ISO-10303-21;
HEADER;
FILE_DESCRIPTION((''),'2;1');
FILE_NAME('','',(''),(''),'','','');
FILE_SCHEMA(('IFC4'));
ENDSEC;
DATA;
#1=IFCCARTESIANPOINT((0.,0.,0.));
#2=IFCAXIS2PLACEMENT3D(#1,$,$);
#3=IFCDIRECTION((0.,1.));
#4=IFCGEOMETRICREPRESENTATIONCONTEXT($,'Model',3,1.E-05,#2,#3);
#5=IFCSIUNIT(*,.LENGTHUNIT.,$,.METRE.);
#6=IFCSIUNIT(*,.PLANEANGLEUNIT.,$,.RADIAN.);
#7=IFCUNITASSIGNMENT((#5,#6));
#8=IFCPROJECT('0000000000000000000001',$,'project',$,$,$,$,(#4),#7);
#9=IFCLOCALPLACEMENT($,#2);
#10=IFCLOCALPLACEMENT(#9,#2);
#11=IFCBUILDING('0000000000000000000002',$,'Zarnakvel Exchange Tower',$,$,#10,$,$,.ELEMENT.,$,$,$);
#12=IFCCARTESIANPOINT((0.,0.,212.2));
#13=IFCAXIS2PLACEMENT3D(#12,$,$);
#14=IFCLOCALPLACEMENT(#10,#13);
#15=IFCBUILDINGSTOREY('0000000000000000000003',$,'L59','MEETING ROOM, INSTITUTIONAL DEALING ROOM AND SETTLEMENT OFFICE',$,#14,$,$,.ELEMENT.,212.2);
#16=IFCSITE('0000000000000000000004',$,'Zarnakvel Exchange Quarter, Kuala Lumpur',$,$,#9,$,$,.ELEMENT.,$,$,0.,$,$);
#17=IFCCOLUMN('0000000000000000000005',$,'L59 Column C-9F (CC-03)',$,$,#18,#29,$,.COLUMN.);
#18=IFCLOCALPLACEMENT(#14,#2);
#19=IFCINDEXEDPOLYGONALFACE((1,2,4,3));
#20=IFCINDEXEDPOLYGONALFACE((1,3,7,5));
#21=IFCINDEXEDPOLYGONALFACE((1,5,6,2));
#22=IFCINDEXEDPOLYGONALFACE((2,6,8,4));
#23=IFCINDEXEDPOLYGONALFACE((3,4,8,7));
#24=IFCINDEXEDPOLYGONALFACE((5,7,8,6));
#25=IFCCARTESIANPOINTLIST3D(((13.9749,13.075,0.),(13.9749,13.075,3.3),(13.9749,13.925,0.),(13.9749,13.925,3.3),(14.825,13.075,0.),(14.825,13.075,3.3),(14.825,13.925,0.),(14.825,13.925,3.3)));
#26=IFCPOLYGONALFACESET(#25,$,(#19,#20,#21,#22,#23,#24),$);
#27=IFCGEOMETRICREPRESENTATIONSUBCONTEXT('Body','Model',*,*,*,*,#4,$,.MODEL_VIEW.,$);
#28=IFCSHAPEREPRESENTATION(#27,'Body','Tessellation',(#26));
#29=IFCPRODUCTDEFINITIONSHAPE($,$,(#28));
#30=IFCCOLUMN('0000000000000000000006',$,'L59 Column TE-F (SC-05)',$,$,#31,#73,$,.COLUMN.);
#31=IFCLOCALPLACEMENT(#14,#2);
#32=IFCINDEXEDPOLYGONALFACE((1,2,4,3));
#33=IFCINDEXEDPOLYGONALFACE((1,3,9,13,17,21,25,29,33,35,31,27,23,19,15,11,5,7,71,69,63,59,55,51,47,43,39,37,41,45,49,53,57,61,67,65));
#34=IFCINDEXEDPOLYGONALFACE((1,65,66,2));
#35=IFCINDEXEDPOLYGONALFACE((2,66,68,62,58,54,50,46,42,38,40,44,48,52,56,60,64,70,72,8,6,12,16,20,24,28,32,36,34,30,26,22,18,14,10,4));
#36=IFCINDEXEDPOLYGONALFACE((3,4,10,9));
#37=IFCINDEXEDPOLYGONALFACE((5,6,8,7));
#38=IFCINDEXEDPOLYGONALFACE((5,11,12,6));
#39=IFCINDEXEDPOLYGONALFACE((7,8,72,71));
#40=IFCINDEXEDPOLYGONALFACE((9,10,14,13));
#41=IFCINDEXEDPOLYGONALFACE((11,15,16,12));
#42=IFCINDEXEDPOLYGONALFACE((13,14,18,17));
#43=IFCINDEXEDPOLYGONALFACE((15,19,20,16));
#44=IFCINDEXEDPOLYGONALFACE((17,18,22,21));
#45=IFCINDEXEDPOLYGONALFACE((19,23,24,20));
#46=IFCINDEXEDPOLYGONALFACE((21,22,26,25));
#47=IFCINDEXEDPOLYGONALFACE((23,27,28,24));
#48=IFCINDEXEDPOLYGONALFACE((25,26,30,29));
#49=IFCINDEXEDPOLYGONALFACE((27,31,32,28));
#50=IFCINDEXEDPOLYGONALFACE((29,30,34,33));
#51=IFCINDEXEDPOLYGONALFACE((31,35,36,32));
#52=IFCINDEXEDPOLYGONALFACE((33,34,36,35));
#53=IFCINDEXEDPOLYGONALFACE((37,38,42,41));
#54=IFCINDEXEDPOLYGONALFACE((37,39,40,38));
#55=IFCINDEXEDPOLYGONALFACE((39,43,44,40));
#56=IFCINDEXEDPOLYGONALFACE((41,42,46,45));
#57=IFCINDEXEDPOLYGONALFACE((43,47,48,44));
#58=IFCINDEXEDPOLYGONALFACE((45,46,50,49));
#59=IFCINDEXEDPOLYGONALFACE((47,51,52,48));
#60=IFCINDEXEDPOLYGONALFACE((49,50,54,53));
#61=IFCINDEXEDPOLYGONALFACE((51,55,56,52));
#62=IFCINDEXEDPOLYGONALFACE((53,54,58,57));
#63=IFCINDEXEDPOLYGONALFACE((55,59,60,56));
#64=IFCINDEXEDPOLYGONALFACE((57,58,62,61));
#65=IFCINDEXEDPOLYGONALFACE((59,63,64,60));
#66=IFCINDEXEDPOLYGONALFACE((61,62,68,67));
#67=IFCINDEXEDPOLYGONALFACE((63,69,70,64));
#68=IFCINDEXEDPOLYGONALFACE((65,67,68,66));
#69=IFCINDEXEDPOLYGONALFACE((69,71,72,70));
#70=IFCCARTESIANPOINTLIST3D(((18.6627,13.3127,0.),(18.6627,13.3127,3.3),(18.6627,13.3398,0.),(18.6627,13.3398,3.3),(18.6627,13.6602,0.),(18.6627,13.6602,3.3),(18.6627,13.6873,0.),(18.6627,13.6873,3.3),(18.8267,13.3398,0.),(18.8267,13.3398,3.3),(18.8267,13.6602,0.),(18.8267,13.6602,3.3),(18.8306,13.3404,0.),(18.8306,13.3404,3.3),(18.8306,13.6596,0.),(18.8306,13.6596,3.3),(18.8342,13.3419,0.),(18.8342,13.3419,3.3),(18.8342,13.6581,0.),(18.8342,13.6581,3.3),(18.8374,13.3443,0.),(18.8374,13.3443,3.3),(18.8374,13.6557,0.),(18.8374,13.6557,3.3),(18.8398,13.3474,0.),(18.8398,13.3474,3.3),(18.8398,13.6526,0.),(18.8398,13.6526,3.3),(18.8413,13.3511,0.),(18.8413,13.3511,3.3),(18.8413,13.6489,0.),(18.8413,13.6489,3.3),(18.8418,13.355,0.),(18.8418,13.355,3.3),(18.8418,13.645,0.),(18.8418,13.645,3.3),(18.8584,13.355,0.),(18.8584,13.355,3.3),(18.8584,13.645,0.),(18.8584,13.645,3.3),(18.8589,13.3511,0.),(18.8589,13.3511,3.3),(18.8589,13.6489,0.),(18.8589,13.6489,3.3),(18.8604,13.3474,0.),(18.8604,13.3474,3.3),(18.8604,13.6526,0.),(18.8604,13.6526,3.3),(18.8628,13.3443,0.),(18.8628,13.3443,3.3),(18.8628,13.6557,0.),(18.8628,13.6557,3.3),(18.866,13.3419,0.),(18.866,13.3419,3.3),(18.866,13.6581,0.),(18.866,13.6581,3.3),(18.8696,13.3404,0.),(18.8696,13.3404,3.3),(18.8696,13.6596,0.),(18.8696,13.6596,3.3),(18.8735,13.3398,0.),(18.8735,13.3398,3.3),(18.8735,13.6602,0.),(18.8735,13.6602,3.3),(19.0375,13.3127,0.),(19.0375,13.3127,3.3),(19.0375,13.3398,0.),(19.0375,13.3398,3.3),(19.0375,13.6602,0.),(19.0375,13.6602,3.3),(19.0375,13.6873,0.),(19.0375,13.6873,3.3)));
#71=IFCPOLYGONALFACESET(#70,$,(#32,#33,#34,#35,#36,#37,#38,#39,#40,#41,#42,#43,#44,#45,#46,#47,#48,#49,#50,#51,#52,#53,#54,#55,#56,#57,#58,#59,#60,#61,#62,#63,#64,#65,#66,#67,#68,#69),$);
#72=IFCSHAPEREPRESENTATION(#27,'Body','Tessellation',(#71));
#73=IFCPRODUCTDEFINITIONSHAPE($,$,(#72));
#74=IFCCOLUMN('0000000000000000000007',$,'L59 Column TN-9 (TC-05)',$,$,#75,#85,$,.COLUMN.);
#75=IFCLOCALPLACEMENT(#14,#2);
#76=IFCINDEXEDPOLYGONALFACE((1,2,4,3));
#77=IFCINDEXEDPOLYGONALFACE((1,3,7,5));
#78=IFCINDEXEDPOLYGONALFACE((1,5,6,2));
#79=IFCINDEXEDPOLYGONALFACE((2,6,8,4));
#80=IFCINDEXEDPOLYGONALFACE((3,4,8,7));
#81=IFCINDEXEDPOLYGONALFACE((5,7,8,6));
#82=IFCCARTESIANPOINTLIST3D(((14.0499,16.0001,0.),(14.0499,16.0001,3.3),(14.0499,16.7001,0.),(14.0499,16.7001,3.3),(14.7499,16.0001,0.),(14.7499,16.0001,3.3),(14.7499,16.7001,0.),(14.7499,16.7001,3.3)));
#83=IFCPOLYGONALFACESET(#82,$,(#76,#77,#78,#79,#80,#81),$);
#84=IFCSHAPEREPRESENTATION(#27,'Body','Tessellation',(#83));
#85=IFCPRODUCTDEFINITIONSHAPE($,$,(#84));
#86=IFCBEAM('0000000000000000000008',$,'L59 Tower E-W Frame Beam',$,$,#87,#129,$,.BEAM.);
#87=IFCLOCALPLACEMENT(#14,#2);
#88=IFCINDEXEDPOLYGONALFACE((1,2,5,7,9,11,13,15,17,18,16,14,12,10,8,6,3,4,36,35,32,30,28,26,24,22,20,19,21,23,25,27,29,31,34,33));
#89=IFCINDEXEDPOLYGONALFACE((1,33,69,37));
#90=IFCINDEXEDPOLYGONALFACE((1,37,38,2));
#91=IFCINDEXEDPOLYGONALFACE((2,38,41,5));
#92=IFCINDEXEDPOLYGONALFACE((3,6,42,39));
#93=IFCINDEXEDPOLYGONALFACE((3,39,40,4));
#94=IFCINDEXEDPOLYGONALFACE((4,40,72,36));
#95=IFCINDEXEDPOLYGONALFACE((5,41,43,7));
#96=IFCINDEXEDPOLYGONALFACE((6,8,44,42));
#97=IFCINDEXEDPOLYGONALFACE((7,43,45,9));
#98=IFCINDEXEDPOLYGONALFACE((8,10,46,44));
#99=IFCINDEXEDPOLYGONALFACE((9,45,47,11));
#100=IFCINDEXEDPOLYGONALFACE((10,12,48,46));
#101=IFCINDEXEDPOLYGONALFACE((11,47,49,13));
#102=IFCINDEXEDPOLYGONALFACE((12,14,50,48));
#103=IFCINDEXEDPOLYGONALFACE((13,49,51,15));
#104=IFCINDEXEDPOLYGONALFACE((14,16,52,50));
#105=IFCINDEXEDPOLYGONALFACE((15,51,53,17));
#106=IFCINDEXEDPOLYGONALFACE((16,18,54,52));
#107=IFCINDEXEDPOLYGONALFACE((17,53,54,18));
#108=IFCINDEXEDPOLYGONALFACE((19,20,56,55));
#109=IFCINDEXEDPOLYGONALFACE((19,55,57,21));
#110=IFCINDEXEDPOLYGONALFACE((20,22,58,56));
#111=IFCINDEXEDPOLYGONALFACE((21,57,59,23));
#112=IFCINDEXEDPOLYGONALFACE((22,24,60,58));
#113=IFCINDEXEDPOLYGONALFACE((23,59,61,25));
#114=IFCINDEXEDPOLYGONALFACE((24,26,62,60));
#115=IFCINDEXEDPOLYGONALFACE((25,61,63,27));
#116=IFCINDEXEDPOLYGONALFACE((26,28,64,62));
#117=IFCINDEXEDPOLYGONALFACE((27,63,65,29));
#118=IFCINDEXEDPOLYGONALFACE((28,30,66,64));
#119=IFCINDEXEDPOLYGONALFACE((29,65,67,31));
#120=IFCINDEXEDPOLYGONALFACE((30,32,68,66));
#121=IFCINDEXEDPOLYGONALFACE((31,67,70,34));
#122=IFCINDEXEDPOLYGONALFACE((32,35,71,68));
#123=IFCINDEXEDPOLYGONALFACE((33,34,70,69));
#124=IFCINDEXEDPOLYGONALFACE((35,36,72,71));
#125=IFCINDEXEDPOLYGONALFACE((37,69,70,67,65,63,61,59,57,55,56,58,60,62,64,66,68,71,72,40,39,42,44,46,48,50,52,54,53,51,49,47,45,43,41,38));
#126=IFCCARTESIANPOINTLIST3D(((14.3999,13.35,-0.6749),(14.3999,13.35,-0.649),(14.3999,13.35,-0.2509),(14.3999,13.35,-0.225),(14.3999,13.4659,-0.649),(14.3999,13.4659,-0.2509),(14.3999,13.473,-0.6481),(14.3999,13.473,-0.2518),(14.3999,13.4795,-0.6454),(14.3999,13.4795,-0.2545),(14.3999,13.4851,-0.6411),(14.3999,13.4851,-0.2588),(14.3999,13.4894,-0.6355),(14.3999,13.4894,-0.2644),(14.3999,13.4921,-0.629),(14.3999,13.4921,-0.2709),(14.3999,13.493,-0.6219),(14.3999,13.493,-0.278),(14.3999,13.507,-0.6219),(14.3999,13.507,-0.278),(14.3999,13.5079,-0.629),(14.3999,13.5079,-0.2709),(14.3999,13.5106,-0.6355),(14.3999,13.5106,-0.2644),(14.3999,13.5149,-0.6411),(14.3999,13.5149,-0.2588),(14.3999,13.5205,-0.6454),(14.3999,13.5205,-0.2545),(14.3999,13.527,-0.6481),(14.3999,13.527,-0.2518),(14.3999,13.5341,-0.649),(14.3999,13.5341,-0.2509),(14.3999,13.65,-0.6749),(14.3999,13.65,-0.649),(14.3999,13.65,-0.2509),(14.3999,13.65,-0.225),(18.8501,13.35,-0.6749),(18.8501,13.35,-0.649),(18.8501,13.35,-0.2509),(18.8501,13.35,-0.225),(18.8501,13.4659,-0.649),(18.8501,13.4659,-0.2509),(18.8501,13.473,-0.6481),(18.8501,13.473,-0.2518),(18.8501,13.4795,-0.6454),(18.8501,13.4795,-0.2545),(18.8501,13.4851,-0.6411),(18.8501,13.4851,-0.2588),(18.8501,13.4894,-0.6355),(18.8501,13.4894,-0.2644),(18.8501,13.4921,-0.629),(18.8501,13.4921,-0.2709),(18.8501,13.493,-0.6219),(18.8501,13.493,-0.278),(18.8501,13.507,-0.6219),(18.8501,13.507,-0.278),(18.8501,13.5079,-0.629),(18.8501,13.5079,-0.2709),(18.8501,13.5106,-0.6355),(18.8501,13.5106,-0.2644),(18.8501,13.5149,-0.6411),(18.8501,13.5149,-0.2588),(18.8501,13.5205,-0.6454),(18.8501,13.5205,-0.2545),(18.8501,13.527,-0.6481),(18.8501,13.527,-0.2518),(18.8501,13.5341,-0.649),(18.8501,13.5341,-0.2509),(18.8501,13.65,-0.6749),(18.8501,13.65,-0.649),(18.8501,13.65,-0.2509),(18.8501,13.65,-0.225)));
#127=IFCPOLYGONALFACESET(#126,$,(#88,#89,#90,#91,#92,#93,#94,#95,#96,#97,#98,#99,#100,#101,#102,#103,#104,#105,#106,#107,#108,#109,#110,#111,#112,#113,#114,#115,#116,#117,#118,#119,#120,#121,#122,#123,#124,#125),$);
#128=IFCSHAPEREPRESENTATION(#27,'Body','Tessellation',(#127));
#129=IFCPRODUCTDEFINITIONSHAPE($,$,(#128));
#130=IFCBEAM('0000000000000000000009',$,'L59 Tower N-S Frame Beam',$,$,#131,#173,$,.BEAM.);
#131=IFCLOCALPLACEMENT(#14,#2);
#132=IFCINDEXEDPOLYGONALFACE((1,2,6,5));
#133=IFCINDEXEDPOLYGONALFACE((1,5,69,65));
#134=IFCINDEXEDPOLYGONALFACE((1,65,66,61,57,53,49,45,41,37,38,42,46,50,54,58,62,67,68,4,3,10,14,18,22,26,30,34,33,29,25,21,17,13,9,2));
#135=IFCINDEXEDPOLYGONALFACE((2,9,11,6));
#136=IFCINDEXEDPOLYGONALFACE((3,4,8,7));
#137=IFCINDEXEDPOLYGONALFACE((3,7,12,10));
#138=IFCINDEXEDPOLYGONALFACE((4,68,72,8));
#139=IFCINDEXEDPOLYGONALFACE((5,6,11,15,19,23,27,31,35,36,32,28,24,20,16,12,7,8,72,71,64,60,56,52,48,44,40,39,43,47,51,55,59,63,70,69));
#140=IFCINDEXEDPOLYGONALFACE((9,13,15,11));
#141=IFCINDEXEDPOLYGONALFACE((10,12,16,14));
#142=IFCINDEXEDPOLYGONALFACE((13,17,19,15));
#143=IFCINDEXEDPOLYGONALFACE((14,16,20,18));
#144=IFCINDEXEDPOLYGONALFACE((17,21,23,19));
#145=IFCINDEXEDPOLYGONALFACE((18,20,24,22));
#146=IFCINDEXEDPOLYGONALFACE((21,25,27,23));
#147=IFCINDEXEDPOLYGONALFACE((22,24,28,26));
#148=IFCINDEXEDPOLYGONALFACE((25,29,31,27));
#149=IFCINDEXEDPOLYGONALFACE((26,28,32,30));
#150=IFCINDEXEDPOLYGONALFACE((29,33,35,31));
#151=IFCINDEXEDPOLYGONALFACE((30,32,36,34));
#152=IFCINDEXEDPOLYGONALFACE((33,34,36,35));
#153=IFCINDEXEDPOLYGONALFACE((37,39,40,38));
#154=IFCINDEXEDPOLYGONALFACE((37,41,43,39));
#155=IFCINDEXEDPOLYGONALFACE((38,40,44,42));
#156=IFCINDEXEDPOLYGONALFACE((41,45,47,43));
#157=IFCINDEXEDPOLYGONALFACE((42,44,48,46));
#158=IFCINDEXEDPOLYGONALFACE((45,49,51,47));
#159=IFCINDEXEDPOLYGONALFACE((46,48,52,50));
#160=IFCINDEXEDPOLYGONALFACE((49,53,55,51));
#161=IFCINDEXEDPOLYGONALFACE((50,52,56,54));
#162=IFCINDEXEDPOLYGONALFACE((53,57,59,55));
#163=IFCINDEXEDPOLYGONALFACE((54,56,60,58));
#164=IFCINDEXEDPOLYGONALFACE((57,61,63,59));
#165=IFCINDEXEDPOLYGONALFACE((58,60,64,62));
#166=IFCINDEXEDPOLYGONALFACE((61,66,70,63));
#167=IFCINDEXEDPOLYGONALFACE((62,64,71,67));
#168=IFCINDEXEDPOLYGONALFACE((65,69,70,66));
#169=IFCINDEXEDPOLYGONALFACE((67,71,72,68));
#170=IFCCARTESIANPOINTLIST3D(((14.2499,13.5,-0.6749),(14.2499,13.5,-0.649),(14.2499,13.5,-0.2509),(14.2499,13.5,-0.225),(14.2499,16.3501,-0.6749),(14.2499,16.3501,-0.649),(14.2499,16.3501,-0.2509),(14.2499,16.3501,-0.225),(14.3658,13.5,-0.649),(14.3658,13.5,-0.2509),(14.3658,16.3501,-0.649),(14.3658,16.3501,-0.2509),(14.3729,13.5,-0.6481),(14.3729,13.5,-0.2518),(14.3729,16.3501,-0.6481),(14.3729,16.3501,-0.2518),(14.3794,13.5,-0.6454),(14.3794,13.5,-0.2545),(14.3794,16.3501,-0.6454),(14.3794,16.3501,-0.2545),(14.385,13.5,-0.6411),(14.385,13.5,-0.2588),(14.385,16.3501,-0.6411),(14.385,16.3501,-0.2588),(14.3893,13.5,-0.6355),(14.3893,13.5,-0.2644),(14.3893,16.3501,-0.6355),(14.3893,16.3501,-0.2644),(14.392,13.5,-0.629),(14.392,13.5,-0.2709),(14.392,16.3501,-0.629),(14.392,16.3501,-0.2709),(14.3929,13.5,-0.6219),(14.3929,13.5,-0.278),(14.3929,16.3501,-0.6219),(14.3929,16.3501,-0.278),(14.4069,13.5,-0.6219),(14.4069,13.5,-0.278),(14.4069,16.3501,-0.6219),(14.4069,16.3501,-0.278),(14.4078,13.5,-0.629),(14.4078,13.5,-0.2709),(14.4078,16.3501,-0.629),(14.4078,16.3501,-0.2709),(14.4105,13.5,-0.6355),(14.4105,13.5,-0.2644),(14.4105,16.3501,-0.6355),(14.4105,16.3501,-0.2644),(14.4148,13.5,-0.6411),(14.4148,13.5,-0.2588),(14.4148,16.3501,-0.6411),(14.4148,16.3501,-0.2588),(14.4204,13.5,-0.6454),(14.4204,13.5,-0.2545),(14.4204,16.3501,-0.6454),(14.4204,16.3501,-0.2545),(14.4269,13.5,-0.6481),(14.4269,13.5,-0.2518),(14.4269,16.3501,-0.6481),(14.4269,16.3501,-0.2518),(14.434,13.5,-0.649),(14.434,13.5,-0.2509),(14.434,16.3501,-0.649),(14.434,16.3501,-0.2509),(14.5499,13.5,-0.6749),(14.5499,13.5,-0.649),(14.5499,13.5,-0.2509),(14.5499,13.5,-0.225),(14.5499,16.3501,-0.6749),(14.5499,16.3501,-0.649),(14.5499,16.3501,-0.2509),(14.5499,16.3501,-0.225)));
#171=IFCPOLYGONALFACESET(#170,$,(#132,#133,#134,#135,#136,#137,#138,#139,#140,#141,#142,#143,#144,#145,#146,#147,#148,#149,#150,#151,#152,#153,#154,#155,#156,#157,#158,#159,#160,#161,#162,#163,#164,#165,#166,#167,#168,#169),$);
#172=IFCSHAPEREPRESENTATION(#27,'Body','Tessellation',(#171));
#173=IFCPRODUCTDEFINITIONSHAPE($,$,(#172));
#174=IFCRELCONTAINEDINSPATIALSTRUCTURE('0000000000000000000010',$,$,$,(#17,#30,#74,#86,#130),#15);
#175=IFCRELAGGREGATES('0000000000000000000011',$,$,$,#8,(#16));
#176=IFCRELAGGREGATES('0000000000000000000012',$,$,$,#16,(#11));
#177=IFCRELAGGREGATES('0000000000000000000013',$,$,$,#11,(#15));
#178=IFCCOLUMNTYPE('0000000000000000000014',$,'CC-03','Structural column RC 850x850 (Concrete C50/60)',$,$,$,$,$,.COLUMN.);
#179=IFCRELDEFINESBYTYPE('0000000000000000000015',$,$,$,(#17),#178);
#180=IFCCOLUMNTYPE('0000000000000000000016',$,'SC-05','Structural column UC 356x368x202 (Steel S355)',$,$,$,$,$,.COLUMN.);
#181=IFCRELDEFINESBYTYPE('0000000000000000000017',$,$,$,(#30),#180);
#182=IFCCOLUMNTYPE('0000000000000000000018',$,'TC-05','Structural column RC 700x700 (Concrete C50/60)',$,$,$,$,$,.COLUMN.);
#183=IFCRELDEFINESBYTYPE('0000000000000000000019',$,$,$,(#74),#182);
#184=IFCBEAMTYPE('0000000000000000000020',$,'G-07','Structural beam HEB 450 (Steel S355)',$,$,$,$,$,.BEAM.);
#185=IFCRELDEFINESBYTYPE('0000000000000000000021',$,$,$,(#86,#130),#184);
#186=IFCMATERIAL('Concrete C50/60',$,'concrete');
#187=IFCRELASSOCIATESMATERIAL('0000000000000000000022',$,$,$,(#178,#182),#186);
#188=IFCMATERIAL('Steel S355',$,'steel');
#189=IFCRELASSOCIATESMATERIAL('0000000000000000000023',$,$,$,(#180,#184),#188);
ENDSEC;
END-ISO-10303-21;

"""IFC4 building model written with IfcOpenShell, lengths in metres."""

from ifc_helpers import new_model, si_unit, direction, frame, origin, origin_2d, place, context, subcontext, project, spatial, rectangle, i_section, extrude, material, material_profile, profile_set, type_object, element, save


model = new_model("IFC4")

# Units and contexts
model_context = context("Model", 3, precision=1e-05, world=origin(), true_north=direction((0.0, 1.0)))
body_context = subcontext(model_context, "Body", "Model", "MODEL_VIEW")
ifc_project = project(units=[si_unit("LENGTHUNIT", "METRE"), si_unit("PLANEANGLEUNIT", "RADIAN")], contexts=[model_context])

# Site, building, storey
site_placement = place(None, origin())
site = spatial("IfcSite", under=ifc_project, at=site_placement, Name="Zarnakvel Exchange Quarter, Kuala Lumpur", CompositionType="ELEMENT", RefElevation=0.0)
building_placement = place(site_placement, origin())
building = spatial("IfcBuilding", under=site, at=building_placement, Name="Zarnakvel Exchange Tower", CompositionType="ELEMENT")
storey_placement = place(building_placement, frame((0.0, 0.0, 212.2)))
storey = spatial("IfcBuildingStorey", under=building, at=storey_placement, Name="L59", Description="MEETING ROOM, INSTITUTIONAL DEALING ROOM AND SETTLEMENT OFFICE", CompositionType="ELEMENT", Elevation=212.2)

# Columns
ifc_material_1 = material(Name="Concrete C50/60", Category="concrete")
ifc_material_profile_1 = material_profile(ifc_material_1, rectangle(XDim=0.8501, YDim=0.8501, at=origin_2d()))
ifc_profile_set_1 = profile_set([ifc_material_profile_1], Name="Concrete C50/60")
column_type_1 = type_object("IfcColumnType", Name="CC-03", Description="Structural column RC 850x850 (Concrete C50/60)", PredefinedType="COLUMN", material=ifc_profile_set_1)
column_1_placement = place(storey_placement, frame((14.3999, 13.5, 0.0), z_axis=(0.0, 0.0, 1.0), x_axis=(1.0, 0.0, 0.0)))
element("IfcColumn", 1, at=column_1_placement, inside=storey, type_object=column_type_1, Name="L59 Column C-9F (CC-03)", PredefinedType="COLUMN", context=body_context, shape_type="SweptSolid", body=[
    extrude(rectangle(XDim=0.8501, YDim=0.8501, at=origin_2d()), origin(), (0.0, 0.0, 1.0), 3.3),
])
ifc_material_2 = material(Name="Steel S355", Category="steel")
ifc_material_profile_2 = material_profile(ifc_material_2, i_section(OverallWidth=0.3748, OverallDepth=0.3745, WebThickness=0.0166, FlangeThickness=0.0271, FilletRadius=0.0151, at=origin_2d()))
ifc_profile_set_2 = profile_set([ifc_material_profile_2], Name="Steel S355")
column_type_2 = type_object("IfcColumnType", Name="SC-05", Description="Structural column UC 356x368x202 (Steel S355)", PredefinedType="COLUMN", material=ifc_profile_set_2)
column_2_placement = place(storey_placement, frame((18.8501, 13.5, 0.0), z_axis=(0.0, 0.0, 1.0), x_axis=(1.0, 0.0, 0.0)))
element("IfcColumn", 2, at=column_2_placement, inside=storey, type_object=column_type_2, Name="L59 Column TE-F (SC-05)", PredefinedType="COLUMN", context=body_context, shape_type="SweptSolid", body=[
    extrude(i_section(OverallWidth=0.3748, OverallDepth=0.3745, WebThickness=0.0166, FlangeThickness=0.0271, FilletRadius=0.0151, at=origin_2d()), origin(), (0.0, 0.0, 1.0), 3.3),
])
ifc_material_profile_3 = material_profile(ifc_material_1, rectangle(XDim=0.7, YDim=0.7, at=origin_2d()))
ifc_profile_set_3 = profile_set([ifc_material_profile_3], Name="Concrete C50/60")
column_type_3 = type_object("IfcColumnType", Name="TC-05", Description="Structural column RC 700x700 (Concrete C50/60)", PredefinedType="COLUMN", material=ifc_profile_set_3)
column_3_placement = place(storey_placement, frame((14.3999, 16.3501, 0.0), z_axis=(0.0, 0.0, 1.0), x_axis=(1.0, 0.0, 0.0)))
element("IfcColumn", 3, at=column_3_placement, inside=storey, type_object=column_type_3, Name="L59 Column TN-9 (TC-05)", PredefinedType="COLUMN", context=body_context, shape_type="SweptSolid", body=[
    extrude(rectangle(XDim=0.7, YDim=0.7, at=origin_2d()), origin(), (0.0, 0.0, 1.0), 3.3),
])

# Beams
ifc_material_profile_4 = material_profile(ifc_material_2, i_section(OverallWidth=0.3, OverallDepth=0.45, WebThickness=0.0139, FlangeThickness=0.0259, FilletRadius=0.0271, at=origin_2d()))
ifc_profile_set_4 = profile_set([ifc_material_profile_4], Name="Steel S355")
beam_type = type_object("IfcBeamType", Name="G-07", Description="Structural beam HEB 450 (Steel S355)", PredefinedType="BEAM", material=ifc_profile_set_4)
beam_1_placement = place(storey_placement, frame((14.3999, 13.5, -0.45), z_axis=(1.0, 0.0, 0.0), x_axis=(0.0, 1.0, 0.0)))
element("IfcBeam", 4, at=beam_1_placement, inside=storey, type_object=beam_type, Name="L59 Tower E-W Frame Beam", PredefinedType="BEAM", context=body_context, shape_type="SweptSolid", body=[
    extrude(i_section(OverallWidth=0.3, OverallDepth=0.45, WebThickness=0.0139, FlangeThickness=0.0259, FilletRadius=0.0271, at=origin_2d()), origin(), (0.0, 0.0, 1.0), 4.4502),
])
beam_2_placement = place(storey_placement, frame((14.3999, 13.5, -0.45), z_axis=(0.0, 1.0, 0.0), x_axis=(-1.0, 0.0, 0.0)))
element("IfcBeam", 5, at=beam_2_placement, inside=storey, type_object=beam_type, Name="L59 Tower N-S Frame Beam", PredefinedType="BEAM", context=body_context, shape_type="SweptSolid", body=[
    extrude(i_section(OverallWidth=0.3, OverallDepth=0.45, WebThickness=0.0139, FlangeThickness=0.0259, FilletRadius=0.0271, at=origin_2d()), origin(), (0.0, 0.0, 1.0), 2.8501),
])

save(model, "model.ifc")
